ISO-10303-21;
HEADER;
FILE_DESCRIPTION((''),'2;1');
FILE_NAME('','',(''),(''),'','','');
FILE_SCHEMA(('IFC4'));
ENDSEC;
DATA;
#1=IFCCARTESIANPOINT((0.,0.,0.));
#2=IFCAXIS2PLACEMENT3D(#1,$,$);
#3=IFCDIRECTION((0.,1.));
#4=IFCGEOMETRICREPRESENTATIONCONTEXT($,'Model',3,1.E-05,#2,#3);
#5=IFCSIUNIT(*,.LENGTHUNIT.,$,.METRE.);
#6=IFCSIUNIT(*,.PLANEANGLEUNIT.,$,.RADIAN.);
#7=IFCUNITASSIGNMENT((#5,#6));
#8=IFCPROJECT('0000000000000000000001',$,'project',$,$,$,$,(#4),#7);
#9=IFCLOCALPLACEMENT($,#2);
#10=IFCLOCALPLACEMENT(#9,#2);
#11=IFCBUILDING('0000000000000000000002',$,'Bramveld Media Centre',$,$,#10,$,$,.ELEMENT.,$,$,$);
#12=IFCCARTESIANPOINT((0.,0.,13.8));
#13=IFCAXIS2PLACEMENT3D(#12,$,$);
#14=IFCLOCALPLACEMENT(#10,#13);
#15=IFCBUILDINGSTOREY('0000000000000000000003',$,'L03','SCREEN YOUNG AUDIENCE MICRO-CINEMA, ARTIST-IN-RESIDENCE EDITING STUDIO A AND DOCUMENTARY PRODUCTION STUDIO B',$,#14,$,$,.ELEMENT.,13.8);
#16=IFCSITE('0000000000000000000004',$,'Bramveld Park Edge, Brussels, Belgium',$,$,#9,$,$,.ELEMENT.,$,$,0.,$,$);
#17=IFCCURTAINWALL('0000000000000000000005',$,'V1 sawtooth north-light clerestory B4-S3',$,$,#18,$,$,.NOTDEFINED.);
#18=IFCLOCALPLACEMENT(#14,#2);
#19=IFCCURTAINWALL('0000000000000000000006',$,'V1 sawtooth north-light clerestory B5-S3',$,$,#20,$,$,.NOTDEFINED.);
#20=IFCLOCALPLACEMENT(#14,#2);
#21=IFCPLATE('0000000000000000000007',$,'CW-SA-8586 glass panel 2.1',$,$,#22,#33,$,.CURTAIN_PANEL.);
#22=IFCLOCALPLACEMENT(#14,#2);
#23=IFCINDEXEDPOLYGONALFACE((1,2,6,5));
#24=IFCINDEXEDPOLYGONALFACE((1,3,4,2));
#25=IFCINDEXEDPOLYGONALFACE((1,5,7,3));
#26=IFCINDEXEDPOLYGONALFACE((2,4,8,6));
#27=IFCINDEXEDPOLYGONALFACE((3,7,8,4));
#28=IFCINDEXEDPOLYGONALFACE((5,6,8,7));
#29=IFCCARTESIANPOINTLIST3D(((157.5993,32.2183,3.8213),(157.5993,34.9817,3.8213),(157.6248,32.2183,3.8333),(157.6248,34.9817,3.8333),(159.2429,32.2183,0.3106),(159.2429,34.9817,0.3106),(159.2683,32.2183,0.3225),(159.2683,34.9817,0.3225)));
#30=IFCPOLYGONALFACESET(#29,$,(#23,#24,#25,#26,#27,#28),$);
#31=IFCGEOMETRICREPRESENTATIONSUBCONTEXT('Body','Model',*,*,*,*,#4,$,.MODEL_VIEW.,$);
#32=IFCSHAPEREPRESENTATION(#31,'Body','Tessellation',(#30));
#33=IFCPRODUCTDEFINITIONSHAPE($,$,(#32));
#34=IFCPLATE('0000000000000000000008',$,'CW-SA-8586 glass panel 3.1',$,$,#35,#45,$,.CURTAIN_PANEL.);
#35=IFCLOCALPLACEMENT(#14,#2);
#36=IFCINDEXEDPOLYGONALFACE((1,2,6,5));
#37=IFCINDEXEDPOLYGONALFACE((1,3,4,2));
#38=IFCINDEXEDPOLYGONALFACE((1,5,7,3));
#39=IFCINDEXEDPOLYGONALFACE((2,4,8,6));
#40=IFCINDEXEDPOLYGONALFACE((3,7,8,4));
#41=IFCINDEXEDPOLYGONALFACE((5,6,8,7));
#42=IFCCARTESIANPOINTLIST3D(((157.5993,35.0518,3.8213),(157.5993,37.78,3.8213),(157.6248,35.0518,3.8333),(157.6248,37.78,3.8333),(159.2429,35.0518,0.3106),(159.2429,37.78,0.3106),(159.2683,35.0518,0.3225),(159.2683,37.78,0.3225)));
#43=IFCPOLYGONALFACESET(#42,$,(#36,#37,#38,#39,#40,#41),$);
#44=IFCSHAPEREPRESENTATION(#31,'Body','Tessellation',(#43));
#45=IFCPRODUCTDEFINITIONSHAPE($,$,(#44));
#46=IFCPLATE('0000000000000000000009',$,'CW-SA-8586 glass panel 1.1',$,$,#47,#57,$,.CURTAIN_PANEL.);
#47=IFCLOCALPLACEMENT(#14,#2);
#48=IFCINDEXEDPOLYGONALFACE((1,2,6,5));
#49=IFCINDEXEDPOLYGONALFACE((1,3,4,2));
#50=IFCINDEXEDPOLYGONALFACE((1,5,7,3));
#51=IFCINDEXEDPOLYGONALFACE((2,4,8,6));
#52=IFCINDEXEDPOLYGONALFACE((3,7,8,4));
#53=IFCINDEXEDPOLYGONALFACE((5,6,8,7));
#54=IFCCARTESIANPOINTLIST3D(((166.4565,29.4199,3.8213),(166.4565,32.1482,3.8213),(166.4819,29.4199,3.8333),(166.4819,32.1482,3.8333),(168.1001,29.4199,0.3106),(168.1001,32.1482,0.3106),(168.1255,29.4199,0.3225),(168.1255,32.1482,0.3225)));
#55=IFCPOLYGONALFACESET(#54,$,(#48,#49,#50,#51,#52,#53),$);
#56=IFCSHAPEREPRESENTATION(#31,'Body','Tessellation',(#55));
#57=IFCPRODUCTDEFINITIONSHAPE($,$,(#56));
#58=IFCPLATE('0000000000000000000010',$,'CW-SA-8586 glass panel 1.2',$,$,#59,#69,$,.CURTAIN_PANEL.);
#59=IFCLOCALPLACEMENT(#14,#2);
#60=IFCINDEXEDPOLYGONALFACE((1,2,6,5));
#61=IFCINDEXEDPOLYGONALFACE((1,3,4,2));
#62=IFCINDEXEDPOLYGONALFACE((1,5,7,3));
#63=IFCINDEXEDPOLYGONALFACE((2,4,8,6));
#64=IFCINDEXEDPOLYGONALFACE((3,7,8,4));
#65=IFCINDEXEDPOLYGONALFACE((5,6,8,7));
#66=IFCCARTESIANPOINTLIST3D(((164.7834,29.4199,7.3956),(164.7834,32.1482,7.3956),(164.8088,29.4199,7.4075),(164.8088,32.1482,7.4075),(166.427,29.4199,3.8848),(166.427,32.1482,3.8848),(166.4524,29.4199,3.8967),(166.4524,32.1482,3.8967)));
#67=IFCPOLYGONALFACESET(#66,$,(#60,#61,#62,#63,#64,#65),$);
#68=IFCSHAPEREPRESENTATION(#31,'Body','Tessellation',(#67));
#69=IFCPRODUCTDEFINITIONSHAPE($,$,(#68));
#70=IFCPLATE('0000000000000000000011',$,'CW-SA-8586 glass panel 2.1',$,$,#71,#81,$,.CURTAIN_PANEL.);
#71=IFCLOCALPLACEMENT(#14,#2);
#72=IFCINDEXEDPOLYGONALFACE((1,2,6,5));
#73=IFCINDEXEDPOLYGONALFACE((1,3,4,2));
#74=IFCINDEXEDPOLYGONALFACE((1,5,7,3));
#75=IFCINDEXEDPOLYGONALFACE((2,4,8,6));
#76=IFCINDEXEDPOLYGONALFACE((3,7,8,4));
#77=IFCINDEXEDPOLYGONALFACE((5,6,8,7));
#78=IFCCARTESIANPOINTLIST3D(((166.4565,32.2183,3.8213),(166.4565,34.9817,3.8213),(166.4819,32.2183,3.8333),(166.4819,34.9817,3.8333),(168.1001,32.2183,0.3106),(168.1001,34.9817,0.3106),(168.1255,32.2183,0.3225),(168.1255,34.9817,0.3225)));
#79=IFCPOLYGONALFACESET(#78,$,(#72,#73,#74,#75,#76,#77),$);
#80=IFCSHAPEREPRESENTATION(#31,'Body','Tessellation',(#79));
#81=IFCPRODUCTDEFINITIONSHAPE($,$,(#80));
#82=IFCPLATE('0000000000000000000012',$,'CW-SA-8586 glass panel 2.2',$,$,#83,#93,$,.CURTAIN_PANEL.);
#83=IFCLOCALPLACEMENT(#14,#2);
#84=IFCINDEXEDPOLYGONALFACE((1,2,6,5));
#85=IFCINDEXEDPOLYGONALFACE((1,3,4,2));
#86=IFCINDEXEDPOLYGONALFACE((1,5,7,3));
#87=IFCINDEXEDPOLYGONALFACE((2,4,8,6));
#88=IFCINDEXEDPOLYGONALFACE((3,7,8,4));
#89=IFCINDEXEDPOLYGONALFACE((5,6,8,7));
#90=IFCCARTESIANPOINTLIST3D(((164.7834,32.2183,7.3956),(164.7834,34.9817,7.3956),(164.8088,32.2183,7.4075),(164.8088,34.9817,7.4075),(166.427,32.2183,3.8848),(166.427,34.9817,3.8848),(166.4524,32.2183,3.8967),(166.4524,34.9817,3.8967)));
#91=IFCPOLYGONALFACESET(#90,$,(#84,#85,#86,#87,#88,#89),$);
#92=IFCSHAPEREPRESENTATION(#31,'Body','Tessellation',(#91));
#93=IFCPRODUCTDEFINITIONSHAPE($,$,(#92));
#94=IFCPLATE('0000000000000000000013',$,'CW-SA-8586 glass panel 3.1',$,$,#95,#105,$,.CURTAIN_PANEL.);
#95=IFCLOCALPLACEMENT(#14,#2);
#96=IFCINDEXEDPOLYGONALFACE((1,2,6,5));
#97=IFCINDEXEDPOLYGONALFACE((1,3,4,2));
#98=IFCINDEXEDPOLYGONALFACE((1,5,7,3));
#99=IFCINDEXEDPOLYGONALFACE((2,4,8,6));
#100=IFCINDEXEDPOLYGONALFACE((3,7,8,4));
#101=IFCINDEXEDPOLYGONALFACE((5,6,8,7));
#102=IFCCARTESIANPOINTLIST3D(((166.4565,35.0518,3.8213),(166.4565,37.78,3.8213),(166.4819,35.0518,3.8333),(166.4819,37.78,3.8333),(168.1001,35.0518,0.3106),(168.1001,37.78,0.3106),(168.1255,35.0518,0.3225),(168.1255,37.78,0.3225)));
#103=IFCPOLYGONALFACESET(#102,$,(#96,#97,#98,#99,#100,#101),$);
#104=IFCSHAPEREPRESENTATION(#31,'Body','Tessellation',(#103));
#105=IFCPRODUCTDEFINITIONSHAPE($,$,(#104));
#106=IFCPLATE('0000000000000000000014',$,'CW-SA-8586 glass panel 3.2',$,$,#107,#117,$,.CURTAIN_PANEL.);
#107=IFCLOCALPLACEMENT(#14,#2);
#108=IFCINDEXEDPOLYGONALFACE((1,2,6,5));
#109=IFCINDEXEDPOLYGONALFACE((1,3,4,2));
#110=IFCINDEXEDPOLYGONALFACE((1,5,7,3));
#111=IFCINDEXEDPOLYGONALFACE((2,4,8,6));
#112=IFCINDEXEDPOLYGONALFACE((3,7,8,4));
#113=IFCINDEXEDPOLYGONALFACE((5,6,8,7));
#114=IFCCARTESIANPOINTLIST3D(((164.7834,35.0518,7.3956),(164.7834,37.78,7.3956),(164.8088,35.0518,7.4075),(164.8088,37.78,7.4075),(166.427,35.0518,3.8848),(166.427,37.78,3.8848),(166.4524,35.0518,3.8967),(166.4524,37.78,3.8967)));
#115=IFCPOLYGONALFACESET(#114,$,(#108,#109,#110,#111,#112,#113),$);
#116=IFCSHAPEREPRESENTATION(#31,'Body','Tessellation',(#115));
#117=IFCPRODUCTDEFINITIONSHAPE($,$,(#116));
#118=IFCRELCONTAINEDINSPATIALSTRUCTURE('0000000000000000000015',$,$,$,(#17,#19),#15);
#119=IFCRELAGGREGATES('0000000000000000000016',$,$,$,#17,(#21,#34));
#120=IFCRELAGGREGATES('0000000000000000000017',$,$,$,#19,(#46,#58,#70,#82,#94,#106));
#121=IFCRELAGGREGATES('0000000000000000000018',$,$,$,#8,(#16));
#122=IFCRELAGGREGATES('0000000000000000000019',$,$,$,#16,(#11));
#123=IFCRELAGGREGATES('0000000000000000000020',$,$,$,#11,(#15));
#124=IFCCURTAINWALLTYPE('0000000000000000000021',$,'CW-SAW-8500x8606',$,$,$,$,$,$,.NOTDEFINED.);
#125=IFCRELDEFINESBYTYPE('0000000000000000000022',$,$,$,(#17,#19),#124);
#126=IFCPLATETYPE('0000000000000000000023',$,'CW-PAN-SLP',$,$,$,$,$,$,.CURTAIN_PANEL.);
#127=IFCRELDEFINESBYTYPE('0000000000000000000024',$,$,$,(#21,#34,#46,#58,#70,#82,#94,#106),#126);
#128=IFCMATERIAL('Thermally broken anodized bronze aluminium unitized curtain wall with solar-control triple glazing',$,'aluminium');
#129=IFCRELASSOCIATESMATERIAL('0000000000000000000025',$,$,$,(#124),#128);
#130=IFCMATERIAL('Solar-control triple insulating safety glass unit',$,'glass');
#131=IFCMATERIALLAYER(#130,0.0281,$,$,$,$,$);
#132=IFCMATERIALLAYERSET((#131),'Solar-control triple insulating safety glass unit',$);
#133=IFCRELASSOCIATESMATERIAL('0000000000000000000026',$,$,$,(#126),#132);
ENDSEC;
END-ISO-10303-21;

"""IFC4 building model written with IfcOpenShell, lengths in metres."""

from ifc_helpers import new_model, si_unit, direction, frame, origin, place, context, subcontext, project, spatial, polyline, outline, extrude, material, layer, layer_set, type_object, element, aggregate, save


model = new_model("IFC4")

# Units and contexts
model_context = context("Model", 3, precision=1e-05, world=origin(), true_north=direction((0.0, 1.0)))
body_context = subcontext(model_context, "Body", "Model", "MODEL_VIEW")
ifc_project = project(units=[si_unit("LENGTHUNIT", "METRE"), si_unit("PLANEANGLEUNIT", "RADIAN")], contexts=[model_context])

# Site, building, storey
site_placement = place(None, origin())
site = spatial("IfcSite", under=ifc_project, at=site_placement, Name="Bramveld Park Edge, Brussels, Belgium", CompositionType="ELEMENT", RefElevation=0.0)
building_placement = place(site_placement, origin())
building = spatial("IfcBuilding", under=site, at=building_placement, Name="Bramveld Media Centre", CompositionType="ELEMENT")
storey_placement = place(building_placement, frame((0.0, 0.0, 13.8)))
storey = spatial("IfcBuildingStorey", under=building, at=storey_placement, Name="L03", Description="SCREEN YOUNG AUDIENCE MICRO-CINEMA, ARTIST-IN-RESIDENCE EDITING STUDIO A AND DOCUMENTARY PRODUCTION STUDIO B", CompositionType="ELEMENT", Elevation=13.8)

# Curtain walls
ifc_material_1 = material(Name="Thermally broken anodized bronze aluminium unitized curtain wall with solar-control triple glazing", Category="aluminium")
curtain_wall_type = type_object("IfcCurtainWallType", Name="CW-SAW-8500x8606", PredefinedType="NOTDEFINED", material=ifc_material_1)
curtain_wall_1_placement = place(storey_placement, origin())
curtain_wall_1 = element("IfcCurtainWall", 1, at=curtain_wall_1_placement, inside=storey, type_object=curtain_wall_type, Name="V1 sawtooth north-light clerestory B4-S3", PredefinedType="NOTDEFINED")
curtain_wall_2_placement = place(storey_placement, origin())
curtain_wall_2 = element("IfcCurtainWall", 2, at=curtain_wall_2_placement, inside=storey, type_object=curtain_wall_type, Name="V1 sawtooth north-light clerestory B5-S3", PredefinedType="NOTDEFINED")

# Plates
ifc_material_2 = material(Name="Solar-control triple insulating safety glass unit", Category="glass")
ifc_layer = layer(ifc_material_2, 0.0281)
ifc_layer_set = layer_set([ifc_layer], Name="Solar-control triple insulating safety glass unit")
plate_type = type_object("IfcPlateType", Name="CW-PAN-SLP", PredefinedType="CURTAIN_PANEL", material=ifc_layer_set)
plate_1_placement = place(storey_placement, frame((159.2683, 32.2183, 0.3225), z_axis=(0.905668, 0.0, 0.423988), x_axis=(0.0, 1.0, 0.0)))
plate_1 = element("IfcPlate", 3, at=plate_1_placement, type_object=plate_type, Name="CW-SA-8586 glass panel 2.1", PredefinedType="CURTAIN_PANEL", context=body_context, shape_type="SweptSolid", body=[
    extrude(outline(polyline([(0.0, 0.0), (2.7634, 0.0), (2.7634, 3.8764), (0.0, 3.8764), (0.0, 0.0)])), origin(), (0.0, 0.0, -1.0), 0.0281),
])
plate_2_placement = place(storey_placement, frame((159.2683, 35.0518, 0.3225), z_axis=(0.905668, 0.0, 0.423988), x_axis=(0.0, 1.0, 0.0)))
plate_2 = element("IfcPlate", 4, at=plate_2_placement, type_object=plate_type, Name="CW-SA-8586 glass panel 3.1", PredefinedType="CURTAIN_PANEL", context=body_context, shape_type="SweptSolid", body=[
    extrude(outline(polyline([(0.0, 0.0), (2.7283, 0.0), (2.7283, 3.8764), (0.0, 3.8764), (0.0, 0.0)])), origin(), (0.0, 0.0, -1.0), 0.0281),
])
aggregate(curtain_wall_1, [plate_1, plate_2])
plate_3_placement = place(storey_placement, frame((168.1255, 29.4199, 0.3225), z_axis=(0.905668, 0.0, 0.423988), x_axis=(0.0, 1.0, 0.0)))
plate_3 = element("IfcPlate", 5, at=plate_3_placement, type_object=plate_type, Name="CW-SA-8586 glass panel 1.1", PredefinedType="CURTAIN_PANEL", context=body_context, shape_type="SweptSolid", body=[
    extrude(outline(polyline([(0.0, 0.0), (2.7283, 0.0), (2.7283, 3.8764), (0.0, 3.8764), (0.0, 0.0)])), origin(), (0.0, 0.0, -1.0), 0.0281),
])
plate_4_placement = place(storey_placement, frame((166.4524, 29.4199, 3.8967), z_axis=(0.905668, 0.0, 0.423988), x_axis=(0.0, 1.0, 0.0)))
plate_4 = element("IfcPlate", 6, at=plate_4_placement, type_object=plate_type, Name="CW-SA-8586 glass panel 1.2", PredefinedType="CURTAIN_PANEL", context=body_context, shape_type="SweptSolid", body=[
    extrude(outline(polyline([(0.0, 0.0), (2.7283, 0.0), (2.7283, 3.8764), (0.0, 3.8764), (0.0, 0.0)])), origin(), (0.0, 0.0, -1.0), 0.0281),
])
plate_5_placement = place(storey_placement, frame((168.1255, 32.2183, 0.3225), z_axis=(0.905668, 0.0, 0.423988), x_axis=(0.0, 1.0, 0.0)))
plate_5 = element("IfcPlate", 7, at=plate_5_placement, type_object=plate_type, Name="CW-SA-8586 glass panel 2.1", PredefinedType="CURTAIN_PANEL", context=body_context, shape_type="SweptSolid", body=[
    extrude(outline(polyline([(0.0, 0.0), (2.7634, 0.0), (2.7634, 3.8764), (0.0, 3.8764), (0.0, 0.0)])), origin(), (0.0, 0.0, -1.0), 0.0281),
])
plate_6_placement = place(storey_placement, frame((166.4524, 32.2183, 3.8967), z_axis=(0.905668, 0.0, 0.423988), x_axis=(0.0, 1.0, 0.0)))
plate_6 = element("IfcPlate", 8, at=plate_6_placement, type_object=plate_type, Name="CW-SA-8586 glass panel 2.2", PredefinedType="CURTAIN_PANEL", context=body_context, shape_type="SweptSolid", body=[
    extrude(outline(polyline([(0.0, 0.0), (2.7634, 0.0), (2.7634, 3.8764), (0.0, 3.8764), (0.0, 0.0)])), origin(), (0.0, 0.0, -1.0), 0.0281),
])
plate_7_placement = place(storey_placement, frame((168.1255, 35.0518, 0.3225), z_axis=(0.905668, 0.0, 0.423988), x_axis=(0.0, 1.0, 0.0)))
plate_7 = element("IfcPlate", 9, at=plate_7_placement, type_object=plate_type, Name="CW-SA-8586 glass panel 3.1", PredefinedType="CURTAIN_PANEL", context=body_context, shape_type="SweptSolid", body=[
    extrude(outline(polyline([(0.0, 0.0), (2.7283, 0.0), (2.7283, 3.8764), (0.0, 3.8764), (0.0, 0.0)])), origin(), (0.0, 0.0, -1.0), 0.0281),
])
plate_8_placement = place(storey_placement, frame((166.4524, 35.0518, 3.8967), z_axis=(0.905668, 0.0, 0.423988), x_axis=(0.0, 1.0, 0.0)))
plate_8 = element("IfcPlate", 10, at=plate_8_placement, type_object=plate_type, Name="CW-SA-8586 glass panel 3.2", PredefinedType="CURTAIN_PANEL", context=body_context, shape_type="SweptSolid", body=[
    extrude(outline(polyline([(0.0, 0.0), (2.7283, 0.0), (2.7283, 3.8764), (0.0, 3.8764), (0.0, 0.0)])), origin(), (0.0, 0.0, -1.0), 0.0281),
])
aggregate(curtain_wall_2, [plate_3, plate_4, plate_5, plate_6, plate_7, plate_8])

save(model, "model.ifc")
